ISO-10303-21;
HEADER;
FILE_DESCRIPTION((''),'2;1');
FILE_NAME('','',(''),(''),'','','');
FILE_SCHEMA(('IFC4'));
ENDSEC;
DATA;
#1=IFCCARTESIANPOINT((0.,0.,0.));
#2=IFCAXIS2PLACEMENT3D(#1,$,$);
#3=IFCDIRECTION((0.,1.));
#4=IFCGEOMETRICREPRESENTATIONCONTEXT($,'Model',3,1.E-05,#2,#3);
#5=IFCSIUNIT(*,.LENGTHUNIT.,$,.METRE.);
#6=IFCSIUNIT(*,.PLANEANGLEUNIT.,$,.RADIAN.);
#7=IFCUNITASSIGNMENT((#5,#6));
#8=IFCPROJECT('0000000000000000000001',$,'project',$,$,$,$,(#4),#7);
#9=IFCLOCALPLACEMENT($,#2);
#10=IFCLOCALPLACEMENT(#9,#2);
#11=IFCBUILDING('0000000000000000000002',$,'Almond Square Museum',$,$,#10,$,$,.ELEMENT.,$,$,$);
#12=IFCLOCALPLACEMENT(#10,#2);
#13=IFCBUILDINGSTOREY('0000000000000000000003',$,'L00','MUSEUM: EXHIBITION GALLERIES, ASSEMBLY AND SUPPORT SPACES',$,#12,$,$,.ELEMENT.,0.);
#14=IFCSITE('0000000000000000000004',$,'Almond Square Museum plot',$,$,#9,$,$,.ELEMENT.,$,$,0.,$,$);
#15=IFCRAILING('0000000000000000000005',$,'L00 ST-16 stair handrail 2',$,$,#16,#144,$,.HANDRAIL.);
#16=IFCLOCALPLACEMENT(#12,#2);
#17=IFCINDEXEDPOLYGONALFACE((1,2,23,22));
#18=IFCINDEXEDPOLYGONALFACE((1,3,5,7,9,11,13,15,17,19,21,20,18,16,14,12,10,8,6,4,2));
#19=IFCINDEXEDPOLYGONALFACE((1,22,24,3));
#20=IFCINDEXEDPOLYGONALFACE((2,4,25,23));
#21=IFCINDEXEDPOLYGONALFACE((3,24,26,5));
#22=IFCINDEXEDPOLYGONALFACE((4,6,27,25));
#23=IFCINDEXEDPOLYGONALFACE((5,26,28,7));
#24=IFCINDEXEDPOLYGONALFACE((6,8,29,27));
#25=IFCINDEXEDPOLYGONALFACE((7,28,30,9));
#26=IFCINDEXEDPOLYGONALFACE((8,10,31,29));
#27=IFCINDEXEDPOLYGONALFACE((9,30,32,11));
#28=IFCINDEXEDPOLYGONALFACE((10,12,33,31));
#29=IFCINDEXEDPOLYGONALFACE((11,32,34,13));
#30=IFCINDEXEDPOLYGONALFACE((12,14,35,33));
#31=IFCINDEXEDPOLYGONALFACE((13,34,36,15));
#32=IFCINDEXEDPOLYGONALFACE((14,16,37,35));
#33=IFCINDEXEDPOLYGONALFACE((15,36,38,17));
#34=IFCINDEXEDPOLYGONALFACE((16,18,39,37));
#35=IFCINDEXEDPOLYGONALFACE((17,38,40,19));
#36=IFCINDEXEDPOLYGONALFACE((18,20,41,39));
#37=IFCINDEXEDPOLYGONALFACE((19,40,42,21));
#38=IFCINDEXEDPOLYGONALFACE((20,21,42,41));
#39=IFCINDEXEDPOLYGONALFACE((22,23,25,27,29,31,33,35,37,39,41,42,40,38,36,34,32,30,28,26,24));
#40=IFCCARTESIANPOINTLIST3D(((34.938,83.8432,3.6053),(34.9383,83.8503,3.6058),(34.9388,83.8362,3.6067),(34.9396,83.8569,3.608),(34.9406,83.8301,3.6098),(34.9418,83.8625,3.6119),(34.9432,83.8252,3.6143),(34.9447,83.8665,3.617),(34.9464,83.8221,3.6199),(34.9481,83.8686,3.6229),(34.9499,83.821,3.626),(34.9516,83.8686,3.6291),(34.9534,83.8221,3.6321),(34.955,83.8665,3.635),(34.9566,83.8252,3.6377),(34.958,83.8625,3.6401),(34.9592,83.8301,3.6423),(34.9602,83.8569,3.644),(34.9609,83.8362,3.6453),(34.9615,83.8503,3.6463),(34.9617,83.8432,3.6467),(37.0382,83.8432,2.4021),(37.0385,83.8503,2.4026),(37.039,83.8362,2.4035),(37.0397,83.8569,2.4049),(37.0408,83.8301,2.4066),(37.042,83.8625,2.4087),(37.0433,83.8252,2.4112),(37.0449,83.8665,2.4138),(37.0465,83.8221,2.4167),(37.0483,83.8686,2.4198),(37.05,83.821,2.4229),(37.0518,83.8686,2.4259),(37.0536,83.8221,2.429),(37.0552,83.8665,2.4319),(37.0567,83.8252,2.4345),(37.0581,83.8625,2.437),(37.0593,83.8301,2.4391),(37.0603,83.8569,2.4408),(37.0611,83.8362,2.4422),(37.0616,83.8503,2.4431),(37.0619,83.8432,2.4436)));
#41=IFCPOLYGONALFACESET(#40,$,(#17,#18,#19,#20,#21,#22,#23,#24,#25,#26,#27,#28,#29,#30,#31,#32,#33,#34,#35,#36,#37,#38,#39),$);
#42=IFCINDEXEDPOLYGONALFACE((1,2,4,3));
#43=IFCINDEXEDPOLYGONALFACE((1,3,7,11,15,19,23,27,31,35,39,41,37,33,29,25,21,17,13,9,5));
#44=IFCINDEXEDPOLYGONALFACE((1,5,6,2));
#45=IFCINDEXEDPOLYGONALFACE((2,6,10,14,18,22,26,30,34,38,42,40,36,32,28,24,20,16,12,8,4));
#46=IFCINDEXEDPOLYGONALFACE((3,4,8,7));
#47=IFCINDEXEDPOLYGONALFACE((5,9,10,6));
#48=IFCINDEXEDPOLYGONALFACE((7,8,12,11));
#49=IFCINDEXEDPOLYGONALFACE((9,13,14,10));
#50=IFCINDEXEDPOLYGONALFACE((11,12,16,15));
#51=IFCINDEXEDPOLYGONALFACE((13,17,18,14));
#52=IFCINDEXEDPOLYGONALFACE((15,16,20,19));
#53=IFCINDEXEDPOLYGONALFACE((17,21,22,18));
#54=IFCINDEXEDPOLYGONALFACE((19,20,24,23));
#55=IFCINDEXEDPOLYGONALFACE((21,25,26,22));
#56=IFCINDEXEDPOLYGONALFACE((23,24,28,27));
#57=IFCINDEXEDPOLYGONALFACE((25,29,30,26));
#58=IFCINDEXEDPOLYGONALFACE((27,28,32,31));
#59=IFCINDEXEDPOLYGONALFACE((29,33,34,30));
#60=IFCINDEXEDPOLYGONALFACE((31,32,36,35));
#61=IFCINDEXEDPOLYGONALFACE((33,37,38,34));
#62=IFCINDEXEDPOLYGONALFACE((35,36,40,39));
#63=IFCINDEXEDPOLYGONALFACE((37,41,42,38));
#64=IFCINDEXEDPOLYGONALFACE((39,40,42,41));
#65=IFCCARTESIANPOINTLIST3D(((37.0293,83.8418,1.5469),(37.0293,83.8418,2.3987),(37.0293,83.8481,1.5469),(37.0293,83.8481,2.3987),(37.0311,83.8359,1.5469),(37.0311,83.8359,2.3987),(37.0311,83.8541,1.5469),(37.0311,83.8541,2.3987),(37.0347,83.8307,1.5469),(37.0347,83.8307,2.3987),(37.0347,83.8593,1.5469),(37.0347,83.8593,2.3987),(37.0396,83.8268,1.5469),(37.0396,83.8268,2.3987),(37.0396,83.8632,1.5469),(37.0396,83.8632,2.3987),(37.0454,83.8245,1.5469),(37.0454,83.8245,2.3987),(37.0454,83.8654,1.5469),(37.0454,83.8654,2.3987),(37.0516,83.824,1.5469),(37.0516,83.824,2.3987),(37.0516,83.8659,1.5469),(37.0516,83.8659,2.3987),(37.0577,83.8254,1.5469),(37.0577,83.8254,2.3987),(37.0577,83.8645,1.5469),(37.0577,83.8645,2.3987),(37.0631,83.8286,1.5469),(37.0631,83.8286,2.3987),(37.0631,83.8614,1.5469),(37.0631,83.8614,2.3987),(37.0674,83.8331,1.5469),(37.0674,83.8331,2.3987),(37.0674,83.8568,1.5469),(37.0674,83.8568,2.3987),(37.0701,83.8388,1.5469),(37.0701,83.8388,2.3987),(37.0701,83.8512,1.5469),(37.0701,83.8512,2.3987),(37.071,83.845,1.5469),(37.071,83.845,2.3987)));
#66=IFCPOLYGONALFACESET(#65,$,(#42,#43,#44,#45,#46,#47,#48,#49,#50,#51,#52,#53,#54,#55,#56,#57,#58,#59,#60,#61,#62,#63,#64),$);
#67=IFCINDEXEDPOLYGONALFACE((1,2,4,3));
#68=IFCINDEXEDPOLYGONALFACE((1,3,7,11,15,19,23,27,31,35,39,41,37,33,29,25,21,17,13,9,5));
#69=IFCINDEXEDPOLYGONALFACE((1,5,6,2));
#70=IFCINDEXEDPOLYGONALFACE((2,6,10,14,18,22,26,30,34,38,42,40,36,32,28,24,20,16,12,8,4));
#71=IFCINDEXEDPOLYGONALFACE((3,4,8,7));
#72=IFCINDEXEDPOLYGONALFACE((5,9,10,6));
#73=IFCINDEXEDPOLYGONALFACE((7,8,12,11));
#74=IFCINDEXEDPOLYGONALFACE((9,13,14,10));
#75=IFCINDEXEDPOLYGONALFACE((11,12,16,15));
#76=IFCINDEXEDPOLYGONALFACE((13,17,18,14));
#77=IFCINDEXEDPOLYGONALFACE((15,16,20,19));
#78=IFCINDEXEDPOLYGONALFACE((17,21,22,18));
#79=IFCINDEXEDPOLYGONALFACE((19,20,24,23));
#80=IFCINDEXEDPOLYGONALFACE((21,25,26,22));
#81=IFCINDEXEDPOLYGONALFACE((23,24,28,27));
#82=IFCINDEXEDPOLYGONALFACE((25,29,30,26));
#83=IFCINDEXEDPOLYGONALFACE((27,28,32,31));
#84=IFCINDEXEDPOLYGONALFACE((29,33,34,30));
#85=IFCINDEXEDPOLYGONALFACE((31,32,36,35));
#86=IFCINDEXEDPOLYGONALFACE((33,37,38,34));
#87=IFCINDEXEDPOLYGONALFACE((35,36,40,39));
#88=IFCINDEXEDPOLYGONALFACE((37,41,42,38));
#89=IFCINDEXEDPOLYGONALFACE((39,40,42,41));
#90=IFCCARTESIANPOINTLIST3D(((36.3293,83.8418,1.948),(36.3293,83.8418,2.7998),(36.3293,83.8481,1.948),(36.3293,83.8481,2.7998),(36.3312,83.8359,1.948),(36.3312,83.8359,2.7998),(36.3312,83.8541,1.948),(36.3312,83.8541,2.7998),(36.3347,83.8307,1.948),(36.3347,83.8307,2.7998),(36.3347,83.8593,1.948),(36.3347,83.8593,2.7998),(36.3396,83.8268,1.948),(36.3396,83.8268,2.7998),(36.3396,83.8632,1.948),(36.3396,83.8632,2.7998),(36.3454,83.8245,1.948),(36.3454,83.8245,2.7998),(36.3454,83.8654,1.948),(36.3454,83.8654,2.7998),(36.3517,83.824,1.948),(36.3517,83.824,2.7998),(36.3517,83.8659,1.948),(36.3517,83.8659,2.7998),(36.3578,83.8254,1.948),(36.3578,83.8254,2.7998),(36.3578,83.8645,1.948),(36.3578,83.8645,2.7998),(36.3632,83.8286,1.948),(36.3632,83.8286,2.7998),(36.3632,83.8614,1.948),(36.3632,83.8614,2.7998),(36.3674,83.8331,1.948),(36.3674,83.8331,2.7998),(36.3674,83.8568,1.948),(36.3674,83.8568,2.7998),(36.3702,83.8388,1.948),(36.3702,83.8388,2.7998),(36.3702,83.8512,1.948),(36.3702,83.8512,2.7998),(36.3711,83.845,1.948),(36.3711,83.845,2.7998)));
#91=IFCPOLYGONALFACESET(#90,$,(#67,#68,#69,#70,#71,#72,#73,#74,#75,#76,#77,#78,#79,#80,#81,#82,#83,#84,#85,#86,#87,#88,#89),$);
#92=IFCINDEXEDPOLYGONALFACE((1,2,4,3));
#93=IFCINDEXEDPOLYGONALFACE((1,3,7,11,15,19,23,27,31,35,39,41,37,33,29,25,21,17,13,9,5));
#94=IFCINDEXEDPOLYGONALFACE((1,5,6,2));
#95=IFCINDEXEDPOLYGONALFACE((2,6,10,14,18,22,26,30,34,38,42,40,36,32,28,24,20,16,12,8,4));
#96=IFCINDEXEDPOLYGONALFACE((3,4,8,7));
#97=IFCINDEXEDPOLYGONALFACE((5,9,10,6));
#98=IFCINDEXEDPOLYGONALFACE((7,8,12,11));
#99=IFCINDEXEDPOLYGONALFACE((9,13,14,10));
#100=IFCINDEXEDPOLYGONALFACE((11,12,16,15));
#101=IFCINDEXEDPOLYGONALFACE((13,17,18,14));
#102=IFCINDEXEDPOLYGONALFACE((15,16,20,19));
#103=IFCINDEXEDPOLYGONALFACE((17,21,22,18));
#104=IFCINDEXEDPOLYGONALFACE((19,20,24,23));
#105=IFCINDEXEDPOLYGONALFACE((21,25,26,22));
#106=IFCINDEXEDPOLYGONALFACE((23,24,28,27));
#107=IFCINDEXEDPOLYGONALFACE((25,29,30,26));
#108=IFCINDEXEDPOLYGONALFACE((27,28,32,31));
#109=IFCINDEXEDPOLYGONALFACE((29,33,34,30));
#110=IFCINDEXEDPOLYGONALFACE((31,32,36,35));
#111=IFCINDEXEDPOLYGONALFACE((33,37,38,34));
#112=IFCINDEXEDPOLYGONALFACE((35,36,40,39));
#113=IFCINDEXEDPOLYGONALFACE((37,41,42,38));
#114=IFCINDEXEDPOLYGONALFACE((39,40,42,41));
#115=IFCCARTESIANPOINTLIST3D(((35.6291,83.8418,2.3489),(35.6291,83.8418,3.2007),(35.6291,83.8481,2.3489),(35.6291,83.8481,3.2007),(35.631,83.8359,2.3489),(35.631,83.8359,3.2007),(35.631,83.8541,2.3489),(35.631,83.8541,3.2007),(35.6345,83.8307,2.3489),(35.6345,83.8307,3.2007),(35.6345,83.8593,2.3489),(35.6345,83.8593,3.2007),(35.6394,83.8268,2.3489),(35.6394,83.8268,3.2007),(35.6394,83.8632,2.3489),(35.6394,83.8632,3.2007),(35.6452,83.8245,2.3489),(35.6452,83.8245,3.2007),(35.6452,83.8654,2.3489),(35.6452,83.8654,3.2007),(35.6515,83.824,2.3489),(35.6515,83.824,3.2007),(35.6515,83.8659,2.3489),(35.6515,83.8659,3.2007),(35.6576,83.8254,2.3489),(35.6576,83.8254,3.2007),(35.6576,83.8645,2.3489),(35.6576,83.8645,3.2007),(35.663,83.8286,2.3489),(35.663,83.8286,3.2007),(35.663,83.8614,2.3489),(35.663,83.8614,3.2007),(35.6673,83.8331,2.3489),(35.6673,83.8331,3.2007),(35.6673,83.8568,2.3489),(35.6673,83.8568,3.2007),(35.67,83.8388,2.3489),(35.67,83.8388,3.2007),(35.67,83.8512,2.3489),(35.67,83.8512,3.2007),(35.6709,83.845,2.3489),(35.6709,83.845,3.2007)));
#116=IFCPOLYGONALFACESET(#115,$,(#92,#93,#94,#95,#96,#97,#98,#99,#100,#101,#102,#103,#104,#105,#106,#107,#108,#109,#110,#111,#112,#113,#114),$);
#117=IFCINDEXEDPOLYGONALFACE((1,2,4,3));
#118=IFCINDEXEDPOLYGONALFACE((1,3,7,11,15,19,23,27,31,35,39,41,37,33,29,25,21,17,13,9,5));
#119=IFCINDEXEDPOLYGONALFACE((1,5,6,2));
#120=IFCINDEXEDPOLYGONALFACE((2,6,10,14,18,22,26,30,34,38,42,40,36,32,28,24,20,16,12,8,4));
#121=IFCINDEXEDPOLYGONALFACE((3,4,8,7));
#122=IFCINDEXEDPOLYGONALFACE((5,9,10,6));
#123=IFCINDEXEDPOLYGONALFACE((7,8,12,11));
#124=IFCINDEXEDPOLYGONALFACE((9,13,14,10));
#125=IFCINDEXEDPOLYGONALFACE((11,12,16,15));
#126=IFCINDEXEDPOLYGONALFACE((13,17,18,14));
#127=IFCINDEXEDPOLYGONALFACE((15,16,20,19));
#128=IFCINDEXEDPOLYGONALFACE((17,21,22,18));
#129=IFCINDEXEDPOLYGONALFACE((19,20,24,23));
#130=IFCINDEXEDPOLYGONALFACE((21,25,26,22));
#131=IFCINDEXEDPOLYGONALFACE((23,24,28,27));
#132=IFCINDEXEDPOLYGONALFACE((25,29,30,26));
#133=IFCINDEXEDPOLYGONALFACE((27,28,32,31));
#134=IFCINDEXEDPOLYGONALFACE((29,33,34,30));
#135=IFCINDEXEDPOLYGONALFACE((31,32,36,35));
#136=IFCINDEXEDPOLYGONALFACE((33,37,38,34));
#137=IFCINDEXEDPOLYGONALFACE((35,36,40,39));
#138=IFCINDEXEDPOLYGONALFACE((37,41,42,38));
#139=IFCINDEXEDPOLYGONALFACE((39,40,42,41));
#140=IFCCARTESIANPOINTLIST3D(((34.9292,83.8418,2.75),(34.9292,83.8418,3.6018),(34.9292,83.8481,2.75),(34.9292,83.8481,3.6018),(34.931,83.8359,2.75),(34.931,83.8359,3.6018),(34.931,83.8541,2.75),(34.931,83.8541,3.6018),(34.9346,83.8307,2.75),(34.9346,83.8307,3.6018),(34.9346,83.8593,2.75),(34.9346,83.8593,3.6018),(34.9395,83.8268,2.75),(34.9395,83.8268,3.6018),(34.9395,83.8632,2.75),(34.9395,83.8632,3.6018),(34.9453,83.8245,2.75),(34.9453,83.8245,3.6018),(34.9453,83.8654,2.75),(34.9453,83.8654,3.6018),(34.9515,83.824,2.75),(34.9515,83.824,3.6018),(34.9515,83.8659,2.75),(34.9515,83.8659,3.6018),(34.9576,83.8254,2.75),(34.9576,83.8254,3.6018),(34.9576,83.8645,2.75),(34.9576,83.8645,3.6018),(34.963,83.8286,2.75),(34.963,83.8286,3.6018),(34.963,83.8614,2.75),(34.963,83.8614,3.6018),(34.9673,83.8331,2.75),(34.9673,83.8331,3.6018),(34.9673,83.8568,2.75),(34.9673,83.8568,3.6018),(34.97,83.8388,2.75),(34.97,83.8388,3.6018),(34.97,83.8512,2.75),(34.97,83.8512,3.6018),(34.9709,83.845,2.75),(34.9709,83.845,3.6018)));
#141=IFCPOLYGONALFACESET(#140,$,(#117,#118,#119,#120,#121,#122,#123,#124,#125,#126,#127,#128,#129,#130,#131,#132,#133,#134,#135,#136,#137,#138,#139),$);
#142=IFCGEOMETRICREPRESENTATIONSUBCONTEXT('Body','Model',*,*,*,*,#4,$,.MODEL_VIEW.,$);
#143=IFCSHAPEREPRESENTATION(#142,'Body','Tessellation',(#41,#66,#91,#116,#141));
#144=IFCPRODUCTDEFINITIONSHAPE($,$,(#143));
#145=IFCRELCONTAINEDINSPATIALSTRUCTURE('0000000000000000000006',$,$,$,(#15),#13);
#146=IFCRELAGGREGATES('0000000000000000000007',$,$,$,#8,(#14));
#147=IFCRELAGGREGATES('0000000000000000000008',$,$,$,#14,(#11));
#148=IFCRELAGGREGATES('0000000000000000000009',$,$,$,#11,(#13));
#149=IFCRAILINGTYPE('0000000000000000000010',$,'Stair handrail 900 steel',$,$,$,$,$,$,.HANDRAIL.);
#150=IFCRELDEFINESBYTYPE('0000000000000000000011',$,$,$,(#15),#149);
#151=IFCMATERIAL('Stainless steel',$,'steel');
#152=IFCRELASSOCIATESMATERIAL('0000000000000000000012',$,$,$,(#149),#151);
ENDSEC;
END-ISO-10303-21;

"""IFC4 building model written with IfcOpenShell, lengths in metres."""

from ifc_helpers import new_model, si_unit, direction, frame, origin, origin_2d, place, context, subcontext, project, spatial, circle, extrude, material, type_object, element, save


model = new_model("IFC4")

# Units and contexts
model_context = context("Model", 3, precision=1e-05, world=origin(), true_north=direction((0.0, 1.0)))
body_context = subcontext(model_context, "Body", "Model", "MODEL_VIEW")
ifc_project = project(units=[si_unit("LENGTHUNIT", "METRE"), si_unit("PLANEANGLEUNIT", "RADIAN")], contexts=[model_context])

# Site, building, storey
site_placement = place(None, origin())
site = spatial("IfcSite", under=ifc_project, at=site_placement, Name="Almond Square Museum plot", CompositionType="ELEMENT", RefElevation=0.0)
building_placement = place(site_placement, origin())
building = spatial("IfcBuilding", under=site, at=building_placement, Name="Almond Square Museum", CompositionType="ELEMENT")
storey_placement = place(building_placement, origin())
storey = spatial("IfcBuildingStorey", under=building, at=storey_placement, Name="L00", Description="MUSEUM: EXHIBITION GALLERIES, ASSEMBLY AND SUPPORT SPACES", CompositionType="ELEMENT", Elevation=0.0)

# Railing
ifc_material_1 = material(Name="Stainless steel", Category="steel")
railing_type_1 = type_object("IfcRailingType", Name="Stair handrail 900 steel", PredefinedType="HANDRAIL", material=ifc_material_1)
railing_1_placement = place(storey_placement, frame((37.05, 83.845, 1.5469)))
element("IfcRailing", 1, at=railing_1_placement, inside=storey, type_object=railing_type_1, Name="L00 ST-16 stair handrail 2", PredefinedType="HANDRAIL", context=body_context, shape_type="SweptSolid", body=[
    extrude(circle(Radius=0.0239, at=origin_2d()), frame((0.0, 0.0, 0.876), z_axis=(-0.867696, 0.0, 0.497095), x_axis=(0.0, -1.0, 0.0)), (0.0, 0.0, 1.0), 2.4204),
    extrude(circle(Radius=0.021, at=origin_2d()), origin(), (0.0, 0.0, 1.0), 0.8518),
    extrude(circle(Radius=0.021, at=origin_2d()), frame((-0.7, 0.0, 0.4011)), (0.0, 0.0, 1.0), 0.8518),
    extrude(circle(Radius=0.021, at=origin_2d()), frame((-1.4001, 0.0, 0.802)), (0.0, 0.0, 1.0), 0.8518),
    extrude(circle(Radius=0.021, at=origin_2d()), frame((-2.1001, 0.0, 1.2031)), (0.0, 0.0, 1.0), 0.8518),
])

save(model, "model.ifc")
